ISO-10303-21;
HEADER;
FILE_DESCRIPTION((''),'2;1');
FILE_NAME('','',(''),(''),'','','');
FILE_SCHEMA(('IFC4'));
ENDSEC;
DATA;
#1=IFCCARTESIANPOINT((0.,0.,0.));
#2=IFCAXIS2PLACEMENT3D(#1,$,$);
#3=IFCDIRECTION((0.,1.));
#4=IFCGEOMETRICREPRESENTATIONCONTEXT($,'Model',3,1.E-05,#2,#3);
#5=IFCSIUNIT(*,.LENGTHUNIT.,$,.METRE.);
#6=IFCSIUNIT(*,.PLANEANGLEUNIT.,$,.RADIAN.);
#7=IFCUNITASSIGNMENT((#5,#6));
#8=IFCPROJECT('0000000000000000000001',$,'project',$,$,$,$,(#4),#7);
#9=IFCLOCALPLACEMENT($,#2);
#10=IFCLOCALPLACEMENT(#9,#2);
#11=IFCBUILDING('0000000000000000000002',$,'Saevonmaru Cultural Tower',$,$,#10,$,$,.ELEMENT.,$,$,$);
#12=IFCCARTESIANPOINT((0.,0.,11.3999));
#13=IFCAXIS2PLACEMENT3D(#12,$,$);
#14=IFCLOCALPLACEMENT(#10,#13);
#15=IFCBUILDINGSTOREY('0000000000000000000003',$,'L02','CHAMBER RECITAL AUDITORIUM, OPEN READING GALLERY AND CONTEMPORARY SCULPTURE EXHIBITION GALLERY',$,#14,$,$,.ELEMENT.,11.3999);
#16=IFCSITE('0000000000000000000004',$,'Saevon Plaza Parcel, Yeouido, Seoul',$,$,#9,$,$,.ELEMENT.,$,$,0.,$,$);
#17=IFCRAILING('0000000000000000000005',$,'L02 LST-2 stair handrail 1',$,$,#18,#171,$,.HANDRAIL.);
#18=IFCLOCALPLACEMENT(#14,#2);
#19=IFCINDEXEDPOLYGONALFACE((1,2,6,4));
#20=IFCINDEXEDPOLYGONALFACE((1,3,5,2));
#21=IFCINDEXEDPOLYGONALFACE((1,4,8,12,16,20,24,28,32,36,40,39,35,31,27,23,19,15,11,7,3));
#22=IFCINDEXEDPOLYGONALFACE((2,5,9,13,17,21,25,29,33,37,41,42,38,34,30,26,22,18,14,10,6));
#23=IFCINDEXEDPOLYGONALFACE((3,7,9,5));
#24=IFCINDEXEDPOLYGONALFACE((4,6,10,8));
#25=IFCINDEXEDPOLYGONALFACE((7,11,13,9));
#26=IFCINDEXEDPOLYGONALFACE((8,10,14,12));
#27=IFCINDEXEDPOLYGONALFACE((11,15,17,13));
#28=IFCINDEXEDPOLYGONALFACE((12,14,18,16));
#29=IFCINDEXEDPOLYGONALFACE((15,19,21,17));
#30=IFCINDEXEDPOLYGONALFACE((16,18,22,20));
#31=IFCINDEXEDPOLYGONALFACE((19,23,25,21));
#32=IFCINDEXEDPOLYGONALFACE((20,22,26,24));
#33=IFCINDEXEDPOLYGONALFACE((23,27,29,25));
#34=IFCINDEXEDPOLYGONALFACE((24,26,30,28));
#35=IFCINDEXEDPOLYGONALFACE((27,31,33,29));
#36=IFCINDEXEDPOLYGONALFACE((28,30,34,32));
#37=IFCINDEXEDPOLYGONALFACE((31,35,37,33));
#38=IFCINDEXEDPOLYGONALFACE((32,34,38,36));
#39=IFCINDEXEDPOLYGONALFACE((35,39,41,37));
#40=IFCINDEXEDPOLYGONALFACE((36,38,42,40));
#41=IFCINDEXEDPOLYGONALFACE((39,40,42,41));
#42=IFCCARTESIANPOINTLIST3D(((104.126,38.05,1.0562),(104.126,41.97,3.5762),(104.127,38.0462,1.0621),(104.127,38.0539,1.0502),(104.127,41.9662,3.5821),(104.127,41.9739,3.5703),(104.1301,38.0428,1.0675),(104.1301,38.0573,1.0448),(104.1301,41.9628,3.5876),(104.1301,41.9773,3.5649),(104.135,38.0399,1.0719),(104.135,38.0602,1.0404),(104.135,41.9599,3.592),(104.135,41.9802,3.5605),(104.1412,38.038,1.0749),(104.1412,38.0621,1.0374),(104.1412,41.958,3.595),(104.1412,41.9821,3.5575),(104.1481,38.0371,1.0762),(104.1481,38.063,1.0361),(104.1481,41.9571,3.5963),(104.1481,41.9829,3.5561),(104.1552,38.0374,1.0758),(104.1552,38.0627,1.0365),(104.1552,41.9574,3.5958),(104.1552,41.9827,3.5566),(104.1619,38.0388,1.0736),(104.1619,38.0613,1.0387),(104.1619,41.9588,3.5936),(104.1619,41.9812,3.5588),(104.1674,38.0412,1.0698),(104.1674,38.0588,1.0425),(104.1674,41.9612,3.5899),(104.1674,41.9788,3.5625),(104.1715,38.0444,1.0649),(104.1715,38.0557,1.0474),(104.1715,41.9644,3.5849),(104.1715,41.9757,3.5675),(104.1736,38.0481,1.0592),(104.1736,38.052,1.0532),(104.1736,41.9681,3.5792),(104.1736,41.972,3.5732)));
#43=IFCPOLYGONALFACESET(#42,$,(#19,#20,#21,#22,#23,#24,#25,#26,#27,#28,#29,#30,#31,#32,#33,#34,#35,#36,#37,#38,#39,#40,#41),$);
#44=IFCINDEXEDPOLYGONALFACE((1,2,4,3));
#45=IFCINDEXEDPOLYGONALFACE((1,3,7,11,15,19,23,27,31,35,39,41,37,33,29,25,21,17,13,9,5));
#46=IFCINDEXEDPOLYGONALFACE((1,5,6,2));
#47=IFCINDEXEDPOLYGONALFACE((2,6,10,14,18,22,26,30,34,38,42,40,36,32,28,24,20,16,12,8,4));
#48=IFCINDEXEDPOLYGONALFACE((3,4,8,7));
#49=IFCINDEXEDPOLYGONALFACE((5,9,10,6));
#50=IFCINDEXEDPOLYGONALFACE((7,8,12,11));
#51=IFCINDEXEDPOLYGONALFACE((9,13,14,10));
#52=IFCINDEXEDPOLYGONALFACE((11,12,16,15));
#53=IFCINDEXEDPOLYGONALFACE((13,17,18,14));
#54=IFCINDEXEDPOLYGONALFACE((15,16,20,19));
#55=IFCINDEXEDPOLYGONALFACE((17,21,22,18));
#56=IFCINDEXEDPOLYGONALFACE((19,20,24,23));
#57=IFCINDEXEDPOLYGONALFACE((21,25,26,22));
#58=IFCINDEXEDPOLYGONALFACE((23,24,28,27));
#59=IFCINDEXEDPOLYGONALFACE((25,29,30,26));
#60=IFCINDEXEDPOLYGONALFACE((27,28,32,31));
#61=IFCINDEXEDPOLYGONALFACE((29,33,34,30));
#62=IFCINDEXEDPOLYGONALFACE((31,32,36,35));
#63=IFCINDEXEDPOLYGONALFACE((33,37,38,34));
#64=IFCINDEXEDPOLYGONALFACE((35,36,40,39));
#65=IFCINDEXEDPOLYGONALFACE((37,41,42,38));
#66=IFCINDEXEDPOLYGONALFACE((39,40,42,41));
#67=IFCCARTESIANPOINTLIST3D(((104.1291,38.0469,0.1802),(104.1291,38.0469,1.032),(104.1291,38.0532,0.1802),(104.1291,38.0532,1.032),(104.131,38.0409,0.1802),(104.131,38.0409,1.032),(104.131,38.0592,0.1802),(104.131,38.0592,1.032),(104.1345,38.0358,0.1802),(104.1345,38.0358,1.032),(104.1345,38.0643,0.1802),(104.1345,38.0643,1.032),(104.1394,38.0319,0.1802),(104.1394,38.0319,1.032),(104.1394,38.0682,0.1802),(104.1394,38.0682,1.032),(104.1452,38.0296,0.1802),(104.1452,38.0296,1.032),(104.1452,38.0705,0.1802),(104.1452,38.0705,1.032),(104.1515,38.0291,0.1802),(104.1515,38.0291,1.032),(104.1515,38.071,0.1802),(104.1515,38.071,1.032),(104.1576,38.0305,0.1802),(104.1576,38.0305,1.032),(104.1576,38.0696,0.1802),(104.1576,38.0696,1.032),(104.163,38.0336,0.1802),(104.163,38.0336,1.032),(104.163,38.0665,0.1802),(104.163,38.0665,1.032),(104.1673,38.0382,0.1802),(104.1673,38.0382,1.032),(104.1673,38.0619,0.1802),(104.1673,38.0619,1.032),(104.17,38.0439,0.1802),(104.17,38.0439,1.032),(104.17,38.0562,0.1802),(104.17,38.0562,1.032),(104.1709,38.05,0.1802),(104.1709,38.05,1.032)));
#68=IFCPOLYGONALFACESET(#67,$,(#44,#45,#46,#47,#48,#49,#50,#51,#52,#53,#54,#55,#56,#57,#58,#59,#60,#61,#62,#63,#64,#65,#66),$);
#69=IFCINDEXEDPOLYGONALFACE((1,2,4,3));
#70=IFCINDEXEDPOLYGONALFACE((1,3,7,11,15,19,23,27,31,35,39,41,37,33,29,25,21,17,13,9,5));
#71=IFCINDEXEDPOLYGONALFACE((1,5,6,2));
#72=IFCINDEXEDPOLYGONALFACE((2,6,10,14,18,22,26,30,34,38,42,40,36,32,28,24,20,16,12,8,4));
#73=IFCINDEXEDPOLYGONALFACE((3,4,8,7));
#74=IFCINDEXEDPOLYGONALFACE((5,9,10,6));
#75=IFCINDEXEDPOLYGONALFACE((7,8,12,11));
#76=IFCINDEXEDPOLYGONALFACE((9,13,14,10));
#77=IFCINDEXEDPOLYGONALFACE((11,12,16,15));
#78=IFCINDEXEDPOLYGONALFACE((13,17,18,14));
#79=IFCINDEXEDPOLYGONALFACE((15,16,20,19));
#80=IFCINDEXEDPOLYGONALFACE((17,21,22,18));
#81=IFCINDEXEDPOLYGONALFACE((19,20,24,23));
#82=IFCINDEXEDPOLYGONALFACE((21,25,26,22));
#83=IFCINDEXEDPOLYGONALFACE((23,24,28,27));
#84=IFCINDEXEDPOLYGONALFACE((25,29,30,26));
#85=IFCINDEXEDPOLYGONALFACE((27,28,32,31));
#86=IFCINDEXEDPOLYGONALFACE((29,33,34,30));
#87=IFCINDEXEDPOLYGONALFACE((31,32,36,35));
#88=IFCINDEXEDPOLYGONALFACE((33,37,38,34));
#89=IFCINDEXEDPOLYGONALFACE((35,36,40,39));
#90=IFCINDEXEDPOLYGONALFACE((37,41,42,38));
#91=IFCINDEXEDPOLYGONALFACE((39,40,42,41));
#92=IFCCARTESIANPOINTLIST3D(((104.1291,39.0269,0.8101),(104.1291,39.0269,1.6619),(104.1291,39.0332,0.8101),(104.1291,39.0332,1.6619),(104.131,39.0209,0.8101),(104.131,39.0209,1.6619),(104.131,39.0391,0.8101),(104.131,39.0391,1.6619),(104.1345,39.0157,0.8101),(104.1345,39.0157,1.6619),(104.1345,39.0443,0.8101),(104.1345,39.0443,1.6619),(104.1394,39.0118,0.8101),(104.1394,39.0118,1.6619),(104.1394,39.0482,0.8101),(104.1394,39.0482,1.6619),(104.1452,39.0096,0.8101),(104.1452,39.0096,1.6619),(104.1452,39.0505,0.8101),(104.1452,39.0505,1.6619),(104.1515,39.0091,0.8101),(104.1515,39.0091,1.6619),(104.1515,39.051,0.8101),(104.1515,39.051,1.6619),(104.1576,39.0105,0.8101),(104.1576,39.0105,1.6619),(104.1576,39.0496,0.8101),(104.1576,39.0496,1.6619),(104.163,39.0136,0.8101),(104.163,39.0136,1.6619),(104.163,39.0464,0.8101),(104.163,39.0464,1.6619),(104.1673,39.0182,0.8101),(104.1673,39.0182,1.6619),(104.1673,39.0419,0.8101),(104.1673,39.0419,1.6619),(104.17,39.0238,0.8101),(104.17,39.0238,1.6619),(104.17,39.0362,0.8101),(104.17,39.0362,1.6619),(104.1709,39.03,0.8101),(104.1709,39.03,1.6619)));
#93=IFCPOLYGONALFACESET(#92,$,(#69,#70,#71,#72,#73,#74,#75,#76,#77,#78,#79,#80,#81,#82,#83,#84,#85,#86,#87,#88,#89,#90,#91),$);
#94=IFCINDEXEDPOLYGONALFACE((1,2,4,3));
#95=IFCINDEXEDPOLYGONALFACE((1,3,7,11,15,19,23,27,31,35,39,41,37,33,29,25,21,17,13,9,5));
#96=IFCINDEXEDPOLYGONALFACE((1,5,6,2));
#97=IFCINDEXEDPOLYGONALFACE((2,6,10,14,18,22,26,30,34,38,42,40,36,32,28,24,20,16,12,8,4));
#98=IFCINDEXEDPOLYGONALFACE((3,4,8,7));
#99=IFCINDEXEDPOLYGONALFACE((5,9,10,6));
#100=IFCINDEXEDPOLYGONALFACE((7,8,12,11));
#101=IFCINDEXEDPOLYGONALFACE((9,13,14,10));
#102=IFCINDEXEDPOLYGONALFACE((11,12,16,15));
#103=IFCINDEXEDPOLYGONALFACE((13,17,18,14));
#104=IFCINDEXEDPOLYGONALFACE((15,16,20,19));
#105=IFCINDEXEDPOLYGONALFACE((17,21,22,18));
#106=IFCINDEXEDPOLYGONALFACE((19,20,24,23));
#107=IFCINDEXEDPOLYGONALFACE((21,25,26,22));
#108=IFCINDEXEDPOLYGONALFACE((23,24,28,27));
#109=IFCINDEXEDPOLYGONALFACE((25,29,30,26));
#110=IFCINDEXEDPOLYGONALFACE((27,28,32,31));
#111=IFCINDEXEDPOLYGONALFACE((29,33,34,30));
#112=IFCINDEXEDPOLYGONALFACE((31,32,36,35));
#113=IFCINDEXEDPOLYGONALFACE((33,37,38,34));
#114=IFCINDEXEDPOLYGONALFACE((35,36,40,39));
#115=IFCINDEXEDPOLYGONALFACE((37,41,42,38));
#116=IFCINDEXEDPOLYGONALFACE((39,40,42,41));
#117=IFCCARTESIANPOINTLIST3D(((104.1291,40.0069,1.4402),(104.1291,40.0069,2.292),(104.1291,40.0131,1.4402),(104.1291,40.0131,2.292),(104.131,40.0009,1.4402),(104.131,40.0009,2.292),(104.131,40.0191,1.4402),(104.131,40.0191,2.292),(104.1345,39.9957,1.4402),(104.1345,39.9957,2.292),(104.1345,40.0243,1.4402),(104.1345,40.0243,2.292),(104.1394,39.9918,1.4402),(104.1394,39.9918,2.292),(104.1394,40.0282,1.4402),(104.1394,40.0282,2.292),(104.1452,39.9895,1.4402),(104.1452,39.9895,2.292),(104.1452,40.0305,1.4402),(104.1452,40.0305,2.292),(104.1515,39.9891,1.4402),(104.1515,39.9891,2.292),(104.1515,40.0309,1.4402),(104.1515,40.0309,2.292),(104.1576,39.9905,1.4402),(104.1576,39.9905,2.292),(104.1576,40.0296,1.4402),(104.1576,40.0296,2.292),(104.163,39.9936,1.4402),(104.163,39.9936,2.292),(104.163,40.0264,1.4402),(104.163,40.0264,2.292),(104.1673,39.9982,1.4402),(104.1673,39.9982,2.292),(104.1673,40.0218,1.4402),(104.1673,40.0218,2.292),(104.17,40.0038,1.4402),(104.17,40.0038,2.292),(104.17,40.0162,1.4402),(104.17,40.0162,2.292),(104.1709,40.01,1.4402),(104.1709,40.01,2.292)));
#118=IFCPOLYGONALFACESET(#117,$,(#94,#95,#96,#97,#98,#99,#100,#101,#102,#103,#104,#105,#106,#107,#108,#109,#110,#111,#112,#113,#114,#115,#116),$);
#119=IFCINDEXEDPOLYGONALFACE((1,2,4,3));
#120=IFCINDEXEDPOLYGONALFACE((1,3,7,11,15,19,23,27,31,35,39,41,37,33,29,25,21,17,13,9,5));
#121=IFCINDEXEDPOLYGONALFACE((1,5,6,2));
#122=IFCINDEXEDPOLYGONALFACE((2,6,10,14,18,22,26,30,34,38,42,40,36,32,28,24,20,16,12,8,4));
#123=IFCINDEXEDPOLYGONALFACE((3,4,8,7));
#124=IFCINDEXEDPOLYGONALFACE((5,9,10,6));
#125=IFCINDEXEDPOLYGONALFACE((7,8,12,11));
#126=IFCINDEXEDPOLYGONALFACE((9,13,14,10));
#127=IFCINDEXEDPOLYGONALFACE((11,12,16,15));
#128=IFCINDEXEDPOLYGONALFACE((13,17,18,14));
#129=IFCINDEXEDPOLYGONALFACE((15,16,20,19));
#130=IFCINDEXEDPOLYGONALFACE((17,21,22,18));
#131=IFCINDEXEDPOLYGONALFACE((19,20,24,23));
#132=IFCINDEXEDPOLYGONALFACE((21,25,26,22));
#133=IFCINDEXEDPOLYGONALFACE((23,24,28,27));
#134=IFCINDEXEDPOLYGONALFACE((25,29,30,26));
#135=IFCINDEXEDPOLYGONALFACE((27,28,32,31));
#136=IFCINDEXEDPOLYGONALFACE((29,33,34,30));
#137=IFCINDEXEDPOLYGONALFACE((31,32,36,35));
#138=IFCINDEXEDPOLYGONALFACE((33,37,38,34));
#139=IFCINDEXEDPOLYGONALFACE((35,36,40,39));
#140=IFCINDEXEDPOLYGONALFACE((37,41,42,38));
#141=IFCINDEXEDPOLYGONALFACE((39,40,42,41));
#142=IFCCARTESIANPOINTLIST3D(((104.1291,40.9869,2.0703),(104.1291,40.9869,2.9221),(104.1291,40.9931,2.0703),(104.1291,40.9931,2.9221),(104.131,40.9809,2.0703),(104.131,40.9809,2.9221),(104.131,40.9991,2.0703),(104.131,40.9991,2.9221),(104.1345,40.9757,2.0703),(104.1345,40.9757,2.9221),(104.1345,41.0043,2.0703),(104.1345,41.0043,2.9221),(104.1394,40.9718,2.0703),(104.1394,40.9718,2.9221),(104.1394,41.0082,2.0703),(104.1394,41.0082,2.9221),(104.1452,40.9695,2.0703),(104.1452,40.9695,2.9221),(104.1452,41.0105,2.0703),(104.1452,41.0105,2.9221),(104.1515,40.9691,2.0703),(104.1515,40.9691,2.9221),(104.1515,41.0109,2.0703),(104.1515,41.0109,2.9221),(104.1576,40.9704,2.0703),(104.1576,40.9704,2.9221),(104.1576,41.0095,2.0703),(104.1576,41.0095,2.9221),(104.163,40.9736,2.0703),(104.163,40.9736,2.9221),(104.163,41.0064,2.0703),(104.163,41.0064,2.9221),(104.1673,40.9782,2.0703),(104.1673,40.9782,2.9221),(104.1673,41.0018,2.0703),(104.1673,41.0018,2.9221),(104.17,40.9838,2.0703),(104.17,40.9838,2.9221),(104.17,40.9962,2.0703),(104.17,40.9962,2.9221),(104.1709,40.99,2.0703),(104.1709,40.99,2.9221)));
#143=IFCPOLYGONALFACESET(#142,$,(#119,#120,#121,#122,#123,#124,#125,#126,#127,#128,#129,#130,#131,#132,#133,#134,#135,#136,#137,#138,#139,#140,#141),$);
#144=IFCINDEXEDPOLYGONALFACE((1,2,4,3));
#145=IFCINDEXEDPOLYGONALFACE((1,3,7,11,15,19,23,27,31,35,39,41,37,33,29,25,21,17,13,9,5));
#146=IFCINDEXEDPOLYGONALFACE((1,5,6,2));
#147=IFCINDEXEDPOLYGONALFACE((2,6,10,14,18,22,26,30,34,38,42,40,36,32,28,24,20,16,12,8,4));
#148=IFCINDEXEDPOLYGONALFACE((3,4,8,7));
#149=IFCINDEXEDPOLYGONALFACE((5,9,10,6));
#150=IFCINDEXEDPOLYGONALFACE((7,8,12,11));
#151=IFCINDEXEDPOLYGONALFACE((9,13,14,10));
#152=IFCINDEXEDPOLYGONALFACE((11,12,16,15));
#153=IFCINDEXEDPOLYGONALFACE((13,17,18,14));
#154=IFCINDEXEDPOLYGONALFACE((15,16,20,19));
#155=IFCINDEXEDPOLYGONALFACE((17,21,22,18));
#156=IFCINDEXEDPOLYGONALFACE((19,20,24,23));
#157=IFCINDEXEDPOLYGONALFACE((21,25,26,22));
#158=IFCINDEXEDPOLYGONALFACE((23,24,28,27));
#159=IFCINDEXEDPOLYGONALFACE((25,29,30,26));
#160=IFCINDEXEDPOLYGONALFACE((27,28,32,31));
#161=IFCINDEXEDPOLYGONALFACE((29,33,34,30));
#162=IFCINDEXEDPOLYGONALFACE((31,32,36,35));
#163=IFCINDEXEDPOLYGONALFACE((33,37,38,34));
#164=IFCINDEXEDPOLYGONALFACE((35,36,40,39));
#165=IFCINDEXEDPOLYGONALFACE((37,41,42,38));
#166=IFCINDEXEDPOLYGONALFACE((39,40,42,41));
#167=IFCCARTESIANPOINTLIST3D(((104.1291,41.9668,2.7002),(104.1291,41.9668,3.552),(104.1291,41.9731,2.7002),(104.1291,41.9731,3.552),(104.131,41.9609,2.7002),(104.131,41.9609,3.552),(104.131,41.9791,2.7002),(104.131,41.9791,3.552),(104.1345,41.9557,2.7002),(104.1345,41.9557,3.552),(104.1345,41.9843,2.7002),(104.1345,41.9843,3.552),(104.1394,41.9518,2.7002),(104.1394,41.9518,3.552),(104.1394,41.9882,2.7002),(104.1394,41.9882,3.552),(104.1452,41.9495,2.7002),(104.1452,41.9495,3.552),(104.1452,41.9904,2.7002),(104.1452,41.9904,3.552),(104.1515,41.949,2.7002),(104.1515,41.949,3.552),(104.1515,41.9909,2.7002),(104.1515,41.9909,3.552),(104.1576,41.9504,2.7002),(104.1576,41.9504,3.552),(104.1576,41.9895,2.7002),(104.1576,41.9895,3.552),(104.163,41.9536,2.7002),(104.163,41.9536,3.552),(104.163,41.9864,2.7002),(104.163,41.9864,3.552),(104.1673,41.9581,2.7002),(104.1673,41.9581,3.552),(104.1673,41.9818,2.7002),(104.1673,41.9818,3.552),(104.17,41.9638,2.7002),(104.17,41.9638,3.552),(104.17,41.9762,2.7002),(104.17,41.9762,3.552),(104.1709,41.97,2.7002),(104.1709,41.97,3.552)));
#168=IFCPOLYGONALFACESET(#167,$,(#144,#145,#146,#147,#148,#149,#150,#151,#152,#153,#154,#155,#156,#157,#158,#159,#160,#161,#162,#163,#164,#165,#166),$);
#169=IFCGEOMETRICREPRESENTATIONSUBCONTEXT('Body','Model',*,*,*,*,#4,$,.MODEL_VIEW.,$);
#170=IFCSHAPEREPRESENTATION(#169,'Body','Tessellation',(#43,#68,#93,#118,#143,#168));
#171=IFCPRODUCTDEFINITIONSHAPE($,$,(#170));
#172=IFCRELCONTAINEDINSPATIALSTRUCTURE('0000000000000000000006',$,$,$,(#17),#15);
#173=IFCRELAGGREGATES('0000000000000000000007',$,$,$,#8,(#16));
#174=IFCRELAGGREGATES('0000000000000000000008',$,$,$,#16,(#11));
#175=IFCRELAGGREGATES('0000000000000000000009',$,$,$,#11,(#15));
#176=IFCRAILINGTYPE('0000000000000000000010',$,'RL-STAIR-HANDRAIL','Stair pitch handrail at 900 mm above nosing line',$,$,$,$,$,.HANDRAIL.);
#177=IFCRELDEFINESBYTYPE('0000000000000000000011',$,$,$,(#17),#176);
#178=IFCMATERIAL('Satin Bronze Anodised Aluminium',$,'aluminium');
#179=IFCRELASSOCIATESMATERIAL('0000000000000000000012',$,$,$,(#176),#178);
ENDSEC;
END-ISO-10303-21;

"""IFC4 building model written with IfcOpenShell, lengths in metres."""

from ifc_helpers import new_model, si_unit, direction, frame, origin, origin_2d, place, context, subcontext, project, spatial, circle, extrude, material, type_object, element, save


model = new_model("IFC4")

# Units and contexts
model_context = context("Model", 3, precision=1e-05, world=origin(), true_north=direction((0.0, 1.0)))
body_context = subcontext(model_context, "Body", "Model", "MODEL_VIEW")
ifc_project = project(units=[si_unit("LENGTHUNIT", "METRE"), si_unit("PLANEANGLEUNIT", "RADIAN")], contexts=[model_context])

# Site, building, storey
site_placement = place(None, origin())
site = spatial("IfcSite", under=ifc_project, at=site_placement, Name="Saevon Plaza Parcel, Yeouido, Seoul", CompositionType="ELEMENT", RefElevation=0.0)
building_placement = place(site_placement, origin())
building = spatial("IfcBuilding", under=site, at=building_placement, Name="Saevonmaru Cultural Tower", CompositionType="ELEMENT")
storey_placement = place(building_placement, frame((0.0, 0.0, 11.3999)))
storey = spatial("IfcBuildingStorey", under=building, at=storey_placement, Name="L02", Description="CHAMBER RECITAL AUDITORIUM, OPEN READING GALLERY AND CONTEMPORARY SCULPTURE EXHIBITION GALLERY", CompositionType="ELEMENT", Elevation=11.3999)

# Shared definitions
ifc_material_1 = material(Name="Satin Bronze Anodised Aluminium", Category="aluminium")

# Railing
railing_type_1 = type_object("IfcRailingType", Name="RL-STAIR-HANDRAIL", Description="Stair pitch handrail at 900 mm above nosing line", PredefinedType="HANDRAIL", material=ifc_material_1)
railing_1_placement = place(storey_placement, frame((104.1499, 38.05, 0.1802)))
element("IfcRailing", 1, at=railing_1_placement, inside=storey, type_object=railing_type_1, Name="L02 LST-2 stair handrail 1", PredefinedType="HANDRAIL", context=body_context, shape_type="SweptSolid", body=[
    extrude(circle(Radius=0.0239, at=origin_2d()), frame((0.0, 0.0, 0.876), z_axis=(0.0, 0.841172, 0.540768), x_axis=(-1.0, 0.0, 0.0)), (0.0, 0.0, 1.0), 4.6602),
    extrude(circle(Radius=0.021, at=origin_2d()), origin(), (0.0, 0.0, 1.0), 0.8518),
    extrude(circle(Radius=0.021, at=origin_2d()), frame((0.0, 0.98, 0.6299)), (0.0, 0.0, 1.0), 0.8518),
    extrude(circle(Radius=0.021, at=origin_2d()), frame((0.0, 1.96, 1.26)), (0.0, 0.0, 1.0), 0.8518),
    extrude(circle(Radius=0.021, at=origin_2d()), frame((0.0, 2.9399, 1.8901)), (0.0, 0.0, 1.0), 0.8518),
    extrude(circle(Radius=0.021, at=origin_2d()), frame((0.0, 3.9199, 2.52)), (0.0, 0.0, 1.0), 0.8518),
])

save(model, "model.ifc")
